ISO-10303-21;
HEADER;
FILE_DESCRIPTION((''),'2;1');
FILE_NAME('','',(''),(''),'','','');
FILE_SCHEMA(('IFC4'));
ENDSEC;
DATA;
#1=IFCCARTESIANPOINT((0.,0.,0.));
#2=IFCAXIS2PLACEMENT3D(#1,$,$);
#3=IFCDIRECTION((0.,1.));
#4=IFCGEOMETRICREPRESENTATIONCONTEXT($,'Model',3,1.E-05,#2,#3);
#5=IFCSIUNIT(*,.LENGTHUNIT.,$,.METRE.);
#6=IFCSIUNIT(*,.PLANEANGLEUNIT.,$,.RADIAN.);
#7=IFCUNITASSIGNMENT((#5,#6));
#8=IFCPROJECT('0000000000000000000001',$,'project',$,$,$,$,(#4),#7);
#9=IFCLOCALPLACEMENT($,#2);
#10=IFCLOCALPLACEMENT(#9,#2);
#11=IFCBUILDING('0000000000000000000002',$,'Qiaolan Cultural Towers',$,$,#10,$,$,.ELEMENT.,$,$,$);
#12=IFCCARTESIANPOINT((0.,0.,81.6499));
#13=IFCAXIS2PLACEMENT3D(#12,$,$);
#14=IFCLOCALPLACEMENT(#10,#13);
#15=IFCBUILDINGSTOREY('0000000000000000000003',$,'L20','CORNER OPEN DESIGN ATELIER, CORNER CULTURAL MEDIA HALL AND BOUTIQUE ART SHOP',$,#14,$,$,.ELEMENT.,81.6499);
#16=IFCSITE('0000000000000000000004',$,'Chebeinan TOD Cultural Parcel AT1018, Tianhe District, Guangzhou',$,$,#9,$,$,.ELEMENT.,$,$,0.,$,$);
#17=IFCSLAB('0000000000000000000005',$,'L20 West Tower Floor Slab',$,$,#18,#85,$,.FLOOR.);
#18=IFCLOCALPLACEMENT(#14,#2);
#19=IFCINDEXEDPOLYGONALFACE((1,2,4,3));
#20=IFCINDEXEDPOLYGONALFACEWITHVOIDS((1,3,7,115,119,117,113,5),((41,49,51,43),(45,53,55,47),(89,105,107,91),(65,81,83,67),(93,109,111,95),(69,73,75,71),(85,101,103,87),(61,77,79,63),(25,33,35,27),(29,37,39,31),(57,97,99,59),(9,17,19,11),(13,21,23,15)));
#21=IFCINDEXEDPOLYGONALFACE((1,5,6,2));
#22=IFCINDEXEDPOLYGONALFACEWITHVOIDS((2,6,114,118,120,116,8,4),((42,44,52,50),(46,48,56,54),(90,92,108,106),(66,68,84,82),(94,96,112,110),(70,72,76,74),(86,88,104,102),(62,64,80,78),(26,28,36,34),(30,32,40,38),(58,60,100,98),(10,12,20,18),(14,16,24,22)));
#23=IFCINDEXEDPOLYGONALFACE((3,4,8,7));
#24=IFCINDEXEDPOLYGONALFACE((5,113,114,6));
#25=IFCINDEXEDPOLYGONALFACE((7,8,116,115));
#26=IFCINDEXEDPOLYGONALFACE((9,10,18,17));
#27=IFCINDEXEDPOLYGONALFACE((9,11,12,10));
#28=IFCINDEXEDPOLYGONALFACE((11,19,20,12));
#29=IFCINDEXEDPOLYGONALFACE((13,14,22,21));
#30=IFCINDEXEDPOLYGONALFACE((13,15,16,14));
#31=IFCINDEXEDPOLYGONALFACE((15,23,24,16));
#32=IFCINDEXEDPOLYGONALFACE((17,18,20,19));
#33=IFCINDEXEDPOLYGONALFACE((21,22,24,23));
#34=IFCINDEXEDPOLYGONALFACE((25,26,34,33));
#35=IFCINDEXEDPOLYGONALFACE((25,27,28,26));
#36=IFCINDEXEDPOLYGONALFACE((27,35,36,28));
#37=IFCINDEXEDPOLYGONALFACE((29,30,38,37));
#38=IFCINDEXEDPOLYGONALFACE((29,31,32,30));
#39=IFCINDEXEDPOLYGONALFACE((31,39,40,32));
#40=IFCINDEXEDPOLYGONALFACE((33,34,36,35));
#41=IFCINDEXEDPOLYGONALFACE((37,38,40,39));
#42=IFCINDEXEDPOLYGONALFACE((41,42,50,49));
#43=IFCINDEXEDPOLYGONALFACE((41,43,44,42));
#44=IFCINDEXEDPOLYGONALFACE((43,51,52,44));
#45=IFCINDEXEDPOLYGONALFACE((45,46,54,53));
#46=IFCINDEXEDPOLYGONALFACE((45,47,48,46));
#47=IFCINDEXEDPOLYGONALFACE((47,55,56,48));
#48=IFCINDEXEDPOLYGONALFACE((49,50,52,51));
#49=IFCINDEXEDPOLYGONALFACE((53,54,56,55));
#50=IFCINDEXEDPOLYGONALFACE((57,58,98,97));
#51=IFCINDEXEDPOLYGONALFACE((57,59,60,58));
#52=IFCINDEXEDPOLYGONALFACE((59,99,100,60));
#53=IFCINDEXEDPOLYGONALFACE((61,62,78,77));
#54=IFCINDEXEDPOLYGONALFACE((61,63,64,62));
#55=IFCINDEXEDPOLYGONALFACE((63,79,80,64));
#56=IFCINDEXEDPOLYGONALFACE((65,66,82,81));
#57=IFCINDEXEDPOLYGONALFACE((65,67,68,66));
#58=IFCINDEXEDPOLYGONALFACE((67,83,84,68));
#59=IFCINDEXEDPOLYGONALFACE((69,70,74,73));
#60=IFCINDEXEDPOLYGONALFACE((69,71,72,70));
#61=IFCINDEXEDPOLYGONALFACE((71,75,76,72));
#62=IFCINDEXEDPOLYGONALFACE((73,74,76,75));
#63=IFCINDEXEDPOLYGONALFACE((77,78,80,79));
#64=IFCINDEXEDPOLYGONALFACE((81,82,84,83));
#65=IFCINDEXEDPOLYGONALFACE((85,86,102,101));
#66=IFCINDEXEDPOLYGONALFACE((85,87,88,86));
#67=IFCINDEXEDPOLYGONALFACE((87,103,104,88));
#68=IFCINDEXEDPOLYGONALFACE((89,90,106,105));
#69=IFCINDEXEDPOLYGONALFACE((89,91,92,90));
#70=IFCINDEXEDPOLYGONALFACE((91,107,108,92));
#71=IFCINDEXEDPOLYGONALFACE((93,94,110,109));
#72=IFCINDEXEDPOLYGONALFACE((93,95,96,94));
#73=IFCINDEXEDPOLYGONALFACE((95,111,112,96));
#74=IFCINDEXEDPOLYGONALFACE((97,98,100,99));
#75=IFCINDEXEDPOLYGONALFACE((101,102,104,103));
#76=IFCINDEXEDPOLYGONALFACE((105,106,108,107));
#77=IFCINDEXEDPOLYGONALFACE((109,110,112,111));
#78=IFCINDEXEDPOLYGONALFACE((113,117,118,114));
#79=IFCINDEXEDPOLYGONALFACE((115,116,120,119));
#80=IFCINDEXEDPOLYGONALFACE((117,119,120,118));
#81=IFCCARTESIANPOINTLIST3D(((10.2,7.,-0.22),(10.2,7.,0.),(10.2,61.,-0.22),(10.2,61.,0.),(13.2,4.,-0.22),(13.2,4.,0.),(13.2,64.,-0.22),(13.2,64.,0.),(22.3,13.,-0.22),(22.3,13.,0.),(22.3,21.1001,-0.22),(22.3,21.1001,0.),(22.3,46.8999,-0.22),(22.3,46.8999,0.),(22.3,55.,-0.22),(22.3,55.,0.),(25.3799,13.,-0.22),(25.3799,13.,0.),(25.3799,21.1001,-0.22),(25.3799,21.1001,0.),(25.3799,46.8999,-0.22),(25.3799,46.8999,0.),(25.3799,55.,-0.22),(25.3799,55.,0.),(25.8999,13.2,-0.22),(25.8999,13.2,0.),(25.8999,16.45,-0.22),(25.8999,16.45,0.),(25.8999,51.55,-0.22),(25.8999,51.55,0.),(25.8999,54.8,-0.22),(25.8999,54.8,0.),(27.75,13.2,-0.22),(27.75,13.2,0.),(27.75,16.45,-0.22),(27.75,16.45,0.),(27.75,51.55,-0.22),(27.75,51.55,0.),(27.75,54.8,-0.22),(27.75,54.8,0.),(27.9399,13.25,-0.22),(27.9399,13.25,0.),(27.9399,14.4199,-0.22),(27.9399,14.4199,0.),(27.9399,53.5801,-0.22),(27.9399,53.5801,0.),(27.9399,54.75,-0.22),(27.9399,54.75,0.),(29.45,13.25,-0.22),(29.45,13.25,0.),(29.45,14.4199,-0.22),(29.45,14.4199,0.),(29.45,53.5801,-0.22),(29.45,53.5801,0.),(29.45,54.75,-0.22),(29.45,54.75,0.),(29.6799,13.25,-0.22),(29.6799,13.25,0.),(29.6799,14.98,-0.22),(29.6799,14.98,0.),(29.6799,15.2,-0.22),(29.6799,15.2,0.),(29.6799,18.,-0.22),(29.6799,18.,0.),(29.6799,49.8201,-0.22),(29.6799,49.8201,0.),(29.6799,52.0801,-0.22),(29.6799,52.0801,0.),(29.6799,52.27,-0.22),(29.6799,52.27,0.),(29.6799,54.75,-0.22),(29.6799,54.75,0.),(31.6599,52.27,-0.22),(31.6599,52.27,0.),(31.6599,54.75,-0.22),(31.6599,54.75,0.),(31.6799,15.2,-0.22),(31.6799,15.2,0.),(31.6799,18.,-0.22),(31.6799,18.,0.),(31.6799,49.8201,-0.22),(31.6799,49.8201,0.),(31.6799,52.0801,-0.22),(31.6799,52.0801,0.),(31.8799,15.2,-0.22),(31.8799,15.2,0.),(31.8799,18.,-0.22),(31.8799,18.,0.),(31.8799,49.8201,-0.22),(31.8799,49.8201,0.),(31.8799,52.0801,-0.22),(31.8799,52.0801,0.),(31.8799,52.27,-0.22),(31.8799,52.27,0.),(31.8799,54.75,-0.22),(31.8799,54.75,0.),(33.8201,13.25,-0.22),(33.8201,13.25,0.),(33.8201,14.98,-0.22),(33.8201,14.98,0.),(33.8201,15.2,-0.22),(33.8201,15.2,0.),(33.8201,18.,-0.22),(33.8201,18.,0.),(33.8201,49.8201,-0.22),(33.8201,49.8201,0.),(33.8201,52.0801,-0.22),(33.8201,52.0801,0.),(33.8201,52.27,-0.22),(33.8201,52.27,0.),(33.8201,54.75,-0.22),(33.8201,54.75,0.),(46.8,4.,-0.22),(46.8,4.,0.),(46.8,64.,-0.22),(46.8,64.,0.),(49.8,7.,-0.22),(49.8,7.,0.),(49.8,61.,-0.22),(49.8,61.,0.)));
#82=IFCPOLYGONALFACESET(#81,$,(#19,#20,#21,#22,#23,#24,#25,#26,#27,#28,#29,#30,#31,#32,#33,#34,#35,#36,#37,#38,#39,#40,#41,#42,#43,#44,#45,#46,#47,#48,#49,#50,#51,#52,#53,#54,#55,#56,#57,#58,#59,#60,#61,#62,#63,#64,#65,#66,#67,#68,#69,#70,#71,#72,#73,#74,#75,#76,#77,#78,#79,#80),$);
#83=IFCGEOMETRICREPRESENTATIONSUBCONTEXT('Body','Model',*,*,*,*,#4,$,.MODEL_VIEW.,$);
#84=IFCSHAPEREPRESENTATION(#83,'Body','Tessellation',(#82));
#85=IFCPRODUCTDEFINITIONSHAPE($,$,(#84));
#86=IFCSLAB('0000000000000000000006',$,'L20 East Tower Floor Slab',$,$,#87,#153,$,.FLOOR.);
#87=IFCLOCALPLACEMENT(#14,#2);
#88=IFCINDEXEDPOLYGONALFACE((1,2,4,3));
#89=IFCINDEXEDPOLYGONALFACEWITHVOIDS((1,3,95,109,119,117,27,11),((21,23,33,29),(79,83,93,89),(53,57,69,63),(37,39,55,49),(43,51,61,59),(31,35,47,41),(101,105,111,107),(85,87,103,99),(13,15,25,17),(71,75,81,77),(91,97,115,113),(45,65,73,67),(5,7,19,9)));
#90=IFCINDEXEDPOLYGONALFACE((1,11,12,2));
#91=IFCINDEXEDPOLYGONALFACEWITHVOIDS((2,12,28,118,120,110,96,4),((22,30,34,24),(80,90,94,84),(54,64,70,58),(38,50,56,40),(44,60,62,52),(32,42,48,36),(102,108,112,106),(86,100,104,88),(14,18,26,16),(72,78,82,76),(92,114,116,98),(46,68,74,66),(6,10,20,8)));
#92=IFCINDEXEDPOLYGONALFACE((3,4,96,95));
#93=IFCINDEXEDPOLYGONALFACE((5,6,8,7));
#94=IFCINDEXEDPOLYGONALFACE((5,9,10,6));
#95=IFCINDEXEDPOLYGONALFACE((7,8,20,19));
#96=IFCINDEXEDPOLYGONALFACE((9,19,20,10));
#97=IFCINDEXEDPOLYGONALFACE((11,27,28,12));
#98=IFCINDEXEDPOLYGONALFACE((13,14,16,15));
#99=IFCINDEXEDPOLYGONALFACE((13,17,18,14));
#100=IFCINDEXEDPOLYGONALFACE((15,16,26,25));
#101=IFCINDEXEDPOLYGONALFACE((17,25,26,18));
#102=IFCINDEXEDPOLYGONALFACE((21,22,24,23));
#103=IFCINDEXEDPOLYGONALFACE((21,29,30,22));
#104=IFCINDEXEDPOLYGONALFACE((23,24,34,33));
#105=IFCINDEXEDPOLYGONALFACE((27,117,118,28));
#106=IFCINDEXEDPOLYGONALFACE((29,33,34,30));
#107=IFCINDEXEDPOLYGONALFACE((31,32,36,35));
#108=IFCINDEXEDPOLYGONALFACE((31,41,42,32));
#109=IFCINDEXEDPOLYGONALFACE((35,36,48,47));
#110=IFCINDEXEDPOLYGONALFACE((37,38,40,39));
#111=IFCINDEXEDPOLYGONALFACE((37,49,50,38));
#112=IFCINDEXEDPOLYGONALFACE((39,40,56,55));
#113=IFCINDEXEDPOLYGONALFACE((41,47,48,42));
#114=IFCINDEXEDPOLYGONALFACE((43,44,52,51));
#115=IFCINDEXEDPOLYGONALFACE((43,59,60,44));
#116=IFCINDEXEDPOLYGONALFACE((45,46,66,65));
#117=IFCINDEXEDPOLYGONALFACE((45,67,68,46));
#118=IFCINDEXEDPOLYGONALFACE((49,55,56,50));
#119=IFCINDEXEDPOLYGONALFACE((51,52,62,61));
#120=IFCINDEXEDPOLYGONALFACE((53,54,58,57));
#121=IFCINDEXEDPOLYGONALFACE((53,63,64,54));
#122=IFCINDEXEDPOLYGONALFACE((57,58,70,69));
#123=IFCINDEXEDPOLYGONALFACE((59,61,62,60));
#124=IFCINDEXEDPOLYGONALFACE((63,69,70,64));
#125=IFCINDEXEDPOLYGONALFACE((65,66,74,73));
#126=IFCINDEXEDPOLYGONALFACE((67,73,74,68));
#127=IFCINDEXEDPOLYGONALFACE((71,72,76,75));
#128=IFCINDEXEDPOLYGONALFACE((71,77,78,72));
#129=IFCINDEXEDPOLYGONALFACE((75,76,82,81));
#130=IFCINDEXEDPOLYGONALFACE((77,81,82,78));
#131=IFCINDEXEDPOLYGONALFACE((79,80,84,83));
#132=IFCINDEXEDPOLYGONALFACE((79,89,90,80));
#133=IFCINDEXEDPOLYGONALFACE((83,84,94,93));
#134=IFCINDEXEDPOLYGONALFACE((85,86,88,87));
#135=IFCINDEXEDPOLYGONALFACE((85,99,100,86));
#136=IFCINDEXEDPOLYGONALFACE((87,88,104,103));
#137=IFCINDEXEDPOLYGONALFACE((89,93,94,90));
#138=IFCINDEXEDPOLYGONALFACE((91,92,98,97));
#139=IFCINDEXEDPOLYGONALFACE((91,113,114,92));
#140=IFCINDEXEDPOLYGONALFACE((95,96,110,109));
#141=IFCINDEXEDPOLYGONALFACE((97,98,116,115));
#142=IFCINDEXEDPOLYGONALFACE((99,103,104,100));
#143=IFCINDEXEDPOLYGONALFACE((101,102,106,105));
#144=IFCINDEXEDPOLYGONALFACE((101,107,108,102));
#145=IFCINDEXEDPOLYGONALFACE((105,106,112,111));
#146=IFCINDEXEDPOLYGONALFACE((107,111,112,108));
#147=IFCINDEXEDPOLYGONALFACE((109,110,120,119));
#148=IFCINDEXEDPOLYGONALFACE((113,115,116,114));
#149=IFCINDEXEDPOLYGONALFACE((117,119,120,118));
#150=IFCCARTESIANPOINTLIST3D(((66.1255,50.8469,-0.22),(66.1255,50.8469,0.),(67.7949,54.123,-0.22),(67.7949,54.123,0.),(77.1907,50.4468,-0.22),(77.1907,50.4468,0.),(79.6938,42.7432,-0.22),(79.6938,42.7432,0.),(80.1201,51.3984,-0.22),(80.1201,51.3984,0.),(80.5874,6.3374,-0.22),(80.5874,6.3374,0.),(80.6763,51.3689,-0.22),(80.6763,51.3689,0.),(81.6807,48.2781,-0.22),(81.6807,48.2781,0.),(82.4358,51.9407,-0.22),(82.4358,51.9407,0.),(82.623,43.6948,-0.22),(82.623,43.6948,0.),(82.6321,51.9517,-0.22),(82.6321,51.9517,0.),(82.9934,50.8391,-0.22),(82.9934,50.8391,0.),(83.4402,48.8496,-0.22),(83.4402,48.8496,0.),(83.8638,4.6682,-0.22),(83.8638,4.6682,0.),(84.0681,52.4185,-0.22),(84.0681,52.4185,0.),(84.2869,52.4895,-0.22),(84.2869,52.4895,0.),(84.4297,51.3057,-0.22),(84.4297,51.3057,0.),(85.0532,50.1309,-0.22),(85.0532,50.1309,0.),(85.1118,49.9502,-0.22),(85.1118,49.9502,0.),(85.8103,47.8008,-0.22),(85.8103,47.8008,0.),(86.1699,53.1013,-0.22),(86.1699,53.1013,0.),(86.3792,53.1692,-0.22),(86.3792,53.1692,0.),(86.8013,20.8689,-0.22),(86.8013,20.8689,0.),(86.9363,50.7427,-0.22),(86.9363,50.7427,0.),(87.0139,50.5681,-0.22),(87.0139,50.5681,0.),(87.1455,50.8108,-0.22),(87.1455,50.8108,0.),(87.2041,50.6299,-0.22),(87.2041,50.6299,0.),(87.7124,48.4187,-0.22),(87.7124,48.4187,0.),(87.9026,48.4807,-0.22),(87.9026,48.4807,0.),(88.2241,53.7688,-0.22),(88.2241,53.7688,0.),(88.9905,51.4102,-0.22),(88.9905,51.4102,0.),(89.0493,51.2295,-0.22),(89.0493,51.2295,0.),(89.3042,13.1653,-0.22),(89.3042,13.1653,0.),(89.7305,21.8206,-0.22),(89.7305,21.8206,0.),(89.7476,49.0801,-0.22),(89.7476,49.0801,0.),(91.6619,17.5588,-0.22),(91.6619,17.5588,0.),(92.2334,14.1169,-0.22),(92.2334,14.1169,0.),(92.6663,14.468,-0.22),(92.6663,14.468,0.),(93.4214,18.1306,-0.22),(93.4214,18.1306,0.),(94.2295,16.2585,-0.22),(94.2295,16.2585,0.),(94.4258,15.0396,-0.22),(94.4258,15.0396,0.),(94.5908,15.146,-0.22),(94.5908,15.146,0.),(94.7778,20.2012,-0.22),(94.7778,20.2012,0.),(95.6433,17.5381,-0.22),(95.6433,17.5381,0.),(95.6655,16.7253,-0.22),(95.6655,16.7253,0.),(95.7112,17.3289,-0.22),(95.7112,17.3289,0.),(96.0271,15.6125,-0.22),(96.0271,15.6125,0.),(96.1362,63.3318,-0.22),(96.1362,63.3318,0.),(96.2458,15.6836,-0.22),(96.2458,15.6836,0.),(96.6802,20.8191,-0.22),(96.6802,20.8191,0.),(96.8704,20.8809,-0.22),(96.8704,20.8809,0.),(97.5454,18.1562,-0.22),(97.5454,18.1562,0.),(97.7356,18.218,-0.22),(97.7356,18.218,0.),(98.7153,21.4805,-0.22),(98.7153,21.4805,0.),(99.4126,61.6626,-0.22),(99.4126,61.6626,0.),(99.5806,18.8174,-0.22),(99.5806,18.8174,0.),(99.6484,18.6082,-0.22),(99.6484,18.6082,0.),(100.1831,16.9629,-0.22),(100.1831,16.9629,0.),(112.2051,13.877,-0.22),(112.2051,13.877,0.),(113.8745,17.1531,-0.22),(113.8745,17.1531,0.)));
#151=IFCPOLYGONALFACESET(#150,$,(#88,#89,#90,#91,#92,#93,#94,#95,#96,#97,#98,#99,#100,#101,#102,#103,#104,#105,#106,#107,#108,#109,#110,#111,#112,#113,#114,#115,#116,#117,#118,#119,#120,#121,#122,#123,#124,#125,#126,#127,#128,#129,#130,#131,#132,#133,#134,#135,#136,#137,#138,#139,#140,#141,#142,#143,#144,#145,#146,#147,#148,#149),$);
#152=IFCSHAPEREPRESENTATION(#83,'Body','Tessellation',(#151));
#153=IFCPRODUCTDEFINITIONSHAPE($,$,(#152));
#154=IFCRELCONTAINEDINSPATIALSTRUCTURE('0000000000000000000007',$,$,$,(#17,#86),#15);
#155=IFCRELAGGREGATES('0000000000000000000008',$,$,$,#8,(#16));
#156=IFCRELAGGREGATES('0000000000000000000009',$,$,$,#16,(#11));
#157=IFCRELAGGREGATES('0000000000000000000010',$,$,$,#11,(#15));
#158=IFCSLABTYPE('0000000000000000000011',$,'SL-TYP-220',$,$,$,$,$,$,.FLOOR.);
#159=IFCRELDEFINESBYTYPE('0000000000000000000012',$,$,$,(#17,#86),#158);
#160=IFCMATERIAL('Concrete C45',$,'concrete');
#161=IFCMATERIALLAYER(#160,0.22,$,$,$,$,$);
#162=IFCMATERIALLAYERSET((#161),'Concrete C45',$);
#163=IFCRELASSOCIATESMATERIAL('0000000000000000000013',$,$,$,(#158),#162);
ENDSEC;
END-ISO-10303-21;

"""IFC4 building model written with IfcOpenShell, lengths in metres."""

from ifc_helpers import new_model, si_unit, direction, frame, origin, place, context, subcontext, project, spatial, polyline, outline, extrude, material, layer, layer_set, type_object, element, save


model = new_model("IFC4")

# Units and contexts
model_context = context("Model", 3, precision=1e-05, world=origin(), true_north=direction((0.0, 1.0)))
body_context = subcontext(model_context, "Body", "Model", "MODEL_VIEW")
ifc_project = project(units=[si_unit("LENGTHUNIT", "METRE"), si_unit("PLANEANGLEUNIT", "RADIAN")], contexts=[model_context])

# Site, building, storey
site_placement = place(None, origin())
site = spatial("IfcSite", under=ifc_project, at=site_placement, Name="Chebeinan TOD Cultural Parcel AT1018, Tianhe District, Guangzhou", CompositionType="ELEMENT", RefElevation=0.0)
building_placement = place(site_placement, origin())
building = spatial("IfcBuilding", under=site, at=building_placement, Name="Qiaolan Cultural Towers", CompositionType="ELEMENT")
storey_placement = place(building_placement, frame((0.0, 0.0, 81.6499)))
storey = spatial("IfcBuildingStorey", under=building, at=storey_placement, Name="L20", Description="CORNER OPEN DESIGN ATELIER, CORNER CULTURAL MEDIA HALL AND BOUTIQUE ART SHOP", CompositionType="ELEMENT", Elevation=81.6499)

# Slabs
ifc_material_1 = material(Name="Concrete C45", Category="concrete")
ifc_layer_1 = layer(ifc_material_1, 0.22)
ifc_layer_set_1 = layer_set([ifc_layer_1], Name="Concrete C45")
slab_type_1 = type_object("IfcSlabType", Name="SL-TYP-220", PredefinedType="FLOOR", material=ifc_layer_set_1)
slab_1_placement = place(storey_placement, frame((0.0, 0.0, -0.22)))
element("IfcSlab", 1, at=slab_1_placement, inside=storey, type_object=slab_type_1, Name="L20 West Tower Floor Slab", PredefinedType="FLOOR", context=body_context, shape_type="SweptSolid", body=[
    extrude(outline(polyline([(13.2, 4.0), (46.8, 4.0), (49.8, 7.0), (49.8, 61.0), (46.8, 64.0), (13.2, 64.0), (10.2, 61.0), (10.2, 7.0), (13.2, 4.0)]), holes=[polyline([(22.3, 21.1001), (22.3, 13.0), (25.3799, 13.0), (25.3799, 21.1001), (22.3, 21.1001)]), polyline([(25.3799, 46.8999), (25.3799, 55.0), (22.3, 55.0), (22.3, 46.8999), (25.3799, 46.8999)]), polyline([(25.8999, 13.2), (27.75, 13.2), (27.75, 16.45), (25.8999, 16.45), (25.8999, 13.2)]), polyline([(27.9399, 13.25), (29.45, 13.25), (29.45, 14.4199), (27.9399, 14.4199), (27.9399, 13.25)]), polyline([(29.6799, 15.2), (31.6799, 15.2), (31.6799, 18.0), (29.6799, 18.0), (29.6799, 15.2)]), polyline([(31.8799, 15.2), (33.8201, 15.2), (33.8201, 18.0), (31.8799, 18.0), (31.8799, 15.2)]), polyline([(29.6799, 13.25), (33.8201, 13.25), (33.8201, 14.98), (29.6799, 14.98), (29.6799, 13.25)]), polyline([(25.8999, 51.55), (27.75, 51.55), (27.75, 54.8), (25.8999, 54.8), (25.8999, 51.55)]), polyline([(27.9399, 53.5801), (29.45, 53.5801), (29.45, 54.75), (27.9399, 54.75), (27.9399, 53.5801)]), polyline([(29.6799, 49.8201), (31.6799, 49.8201), (31.6799, 52.0801), (29.6799, 52.0801), (29.6799, 49.8201)]), polyline([(31.8799, 49.8201), (33.8201, 49.8201), (33.8201, 52.0801), (31.8799, 52.0801), (31.8799, 49.8201)]), polyline([(29.6799, 52.27), (31.6599, 52.27), (31.6599, 54.75), (29.6799, 54.75), (29.6799, 52.27)]), polyline([(31.8799, 52.27), (33.8201, 52.27), (33.8201, 54.75), (31.8799, 54.75), (31.8799, 52.27)])]), origin(), (0.0, 0.0, 1.0), 0.22),
])
slab_2_placement = place(storey_placement, frame((0.0, 0.0, -0.22)))
element("IfcSlab", 2, at=slab_2_placement, inside=storey, type_object=slab_type_1, Name="L20 East Tower Floor Slab", PredefinedType="FLOOR", context=body_context, shape_type="SweptSolid", body=[
    extrude(outline(polyline([(83.8638, 4.6682), (112.2051, 13.877), (113.8745, 17.1531), (99.4126, 61.6626), (96.1362, 63.3318), (67.7949, 54.123), (66.1255, 50.8469), (80.5874, 6.3374), (83.8638, 4.6682)]), holes=[polyline([(86.8013, 20.8689), (89.3042, 13.1653), (92.2334, 14.1169), (89.7305, 21.8206), (86.8013, 20.8689)]), polyline([(82.623, 43.6948), (80.1201, 51.3984), (77.1907, 50.4468), (79.6938, 42.7432), (82.623, 43.6948)]), polyline([(92.6663, 14.468), (94.4258, 15.0396), (93.4214, 18.1306), (91.6619, 17.5588), (92.6663, 14.468)]), polyline([(94.5908, 15.146), (96.0271, 15.6125), (95.6655, 16.7253), (94.2295, 16.2585), (94.5908, 15.146)]), polyline([(95.6433, 17.5381), (97.5454, 18.1562), (96.6802, 20.8191), (94.7778, 20.2012), (95.6433, 17.5381)]), polyline([(97.7356, 18.218), (99.5806, 18.8174), (98.7153, 21.4805), (96.8704, 20.8809), (97.7356, 18.218)]), polyline([(96.2458, 15.6836), (100.1831, 16.9629), (99.6484, 18.6082), (95.7112, 17.3289), (96.2458, 15.6836)]), polyline([(81.6807, 48.2781), (83.4402, 48.8496), (82.4358, 51.9407), (80.6763, 51.3689), (81.6807, 48.2781)]), polyline([(82.9934, 50.8391), (84.4297, 51.3057), (84.0681, 52.4185), (82.6321, 51.9517), (82.9934, 50.8391)]), polyline([(85.8103, 47.8008), (87.7124, 48.4187), (87.0139, 50.5681), (85.1118, 49.9502), (85.8103, 47.8008)]), polyline([(87.9026, 48.4807), (89.7476, 49.0801), (89.0493, 51.2295), (87.2041, 50.6299), (87.9026, 48.4807)]), polyline([(85.0532, 50.1309), (86.9363, 50.7427), (86.1699, 53.1013), (84.2869, 52.4895), (85.0532, 50.1309)]), polyline([(87.1455, 50.8108), (88.9905, 51.4102), (88.2241, 53.7688), (86.3792, 53.1692), (87.1455, 50.8108)])]), origin(), (0.0, 0.0, 1.0), 0.22),
])

save(model, "model.ifc")
